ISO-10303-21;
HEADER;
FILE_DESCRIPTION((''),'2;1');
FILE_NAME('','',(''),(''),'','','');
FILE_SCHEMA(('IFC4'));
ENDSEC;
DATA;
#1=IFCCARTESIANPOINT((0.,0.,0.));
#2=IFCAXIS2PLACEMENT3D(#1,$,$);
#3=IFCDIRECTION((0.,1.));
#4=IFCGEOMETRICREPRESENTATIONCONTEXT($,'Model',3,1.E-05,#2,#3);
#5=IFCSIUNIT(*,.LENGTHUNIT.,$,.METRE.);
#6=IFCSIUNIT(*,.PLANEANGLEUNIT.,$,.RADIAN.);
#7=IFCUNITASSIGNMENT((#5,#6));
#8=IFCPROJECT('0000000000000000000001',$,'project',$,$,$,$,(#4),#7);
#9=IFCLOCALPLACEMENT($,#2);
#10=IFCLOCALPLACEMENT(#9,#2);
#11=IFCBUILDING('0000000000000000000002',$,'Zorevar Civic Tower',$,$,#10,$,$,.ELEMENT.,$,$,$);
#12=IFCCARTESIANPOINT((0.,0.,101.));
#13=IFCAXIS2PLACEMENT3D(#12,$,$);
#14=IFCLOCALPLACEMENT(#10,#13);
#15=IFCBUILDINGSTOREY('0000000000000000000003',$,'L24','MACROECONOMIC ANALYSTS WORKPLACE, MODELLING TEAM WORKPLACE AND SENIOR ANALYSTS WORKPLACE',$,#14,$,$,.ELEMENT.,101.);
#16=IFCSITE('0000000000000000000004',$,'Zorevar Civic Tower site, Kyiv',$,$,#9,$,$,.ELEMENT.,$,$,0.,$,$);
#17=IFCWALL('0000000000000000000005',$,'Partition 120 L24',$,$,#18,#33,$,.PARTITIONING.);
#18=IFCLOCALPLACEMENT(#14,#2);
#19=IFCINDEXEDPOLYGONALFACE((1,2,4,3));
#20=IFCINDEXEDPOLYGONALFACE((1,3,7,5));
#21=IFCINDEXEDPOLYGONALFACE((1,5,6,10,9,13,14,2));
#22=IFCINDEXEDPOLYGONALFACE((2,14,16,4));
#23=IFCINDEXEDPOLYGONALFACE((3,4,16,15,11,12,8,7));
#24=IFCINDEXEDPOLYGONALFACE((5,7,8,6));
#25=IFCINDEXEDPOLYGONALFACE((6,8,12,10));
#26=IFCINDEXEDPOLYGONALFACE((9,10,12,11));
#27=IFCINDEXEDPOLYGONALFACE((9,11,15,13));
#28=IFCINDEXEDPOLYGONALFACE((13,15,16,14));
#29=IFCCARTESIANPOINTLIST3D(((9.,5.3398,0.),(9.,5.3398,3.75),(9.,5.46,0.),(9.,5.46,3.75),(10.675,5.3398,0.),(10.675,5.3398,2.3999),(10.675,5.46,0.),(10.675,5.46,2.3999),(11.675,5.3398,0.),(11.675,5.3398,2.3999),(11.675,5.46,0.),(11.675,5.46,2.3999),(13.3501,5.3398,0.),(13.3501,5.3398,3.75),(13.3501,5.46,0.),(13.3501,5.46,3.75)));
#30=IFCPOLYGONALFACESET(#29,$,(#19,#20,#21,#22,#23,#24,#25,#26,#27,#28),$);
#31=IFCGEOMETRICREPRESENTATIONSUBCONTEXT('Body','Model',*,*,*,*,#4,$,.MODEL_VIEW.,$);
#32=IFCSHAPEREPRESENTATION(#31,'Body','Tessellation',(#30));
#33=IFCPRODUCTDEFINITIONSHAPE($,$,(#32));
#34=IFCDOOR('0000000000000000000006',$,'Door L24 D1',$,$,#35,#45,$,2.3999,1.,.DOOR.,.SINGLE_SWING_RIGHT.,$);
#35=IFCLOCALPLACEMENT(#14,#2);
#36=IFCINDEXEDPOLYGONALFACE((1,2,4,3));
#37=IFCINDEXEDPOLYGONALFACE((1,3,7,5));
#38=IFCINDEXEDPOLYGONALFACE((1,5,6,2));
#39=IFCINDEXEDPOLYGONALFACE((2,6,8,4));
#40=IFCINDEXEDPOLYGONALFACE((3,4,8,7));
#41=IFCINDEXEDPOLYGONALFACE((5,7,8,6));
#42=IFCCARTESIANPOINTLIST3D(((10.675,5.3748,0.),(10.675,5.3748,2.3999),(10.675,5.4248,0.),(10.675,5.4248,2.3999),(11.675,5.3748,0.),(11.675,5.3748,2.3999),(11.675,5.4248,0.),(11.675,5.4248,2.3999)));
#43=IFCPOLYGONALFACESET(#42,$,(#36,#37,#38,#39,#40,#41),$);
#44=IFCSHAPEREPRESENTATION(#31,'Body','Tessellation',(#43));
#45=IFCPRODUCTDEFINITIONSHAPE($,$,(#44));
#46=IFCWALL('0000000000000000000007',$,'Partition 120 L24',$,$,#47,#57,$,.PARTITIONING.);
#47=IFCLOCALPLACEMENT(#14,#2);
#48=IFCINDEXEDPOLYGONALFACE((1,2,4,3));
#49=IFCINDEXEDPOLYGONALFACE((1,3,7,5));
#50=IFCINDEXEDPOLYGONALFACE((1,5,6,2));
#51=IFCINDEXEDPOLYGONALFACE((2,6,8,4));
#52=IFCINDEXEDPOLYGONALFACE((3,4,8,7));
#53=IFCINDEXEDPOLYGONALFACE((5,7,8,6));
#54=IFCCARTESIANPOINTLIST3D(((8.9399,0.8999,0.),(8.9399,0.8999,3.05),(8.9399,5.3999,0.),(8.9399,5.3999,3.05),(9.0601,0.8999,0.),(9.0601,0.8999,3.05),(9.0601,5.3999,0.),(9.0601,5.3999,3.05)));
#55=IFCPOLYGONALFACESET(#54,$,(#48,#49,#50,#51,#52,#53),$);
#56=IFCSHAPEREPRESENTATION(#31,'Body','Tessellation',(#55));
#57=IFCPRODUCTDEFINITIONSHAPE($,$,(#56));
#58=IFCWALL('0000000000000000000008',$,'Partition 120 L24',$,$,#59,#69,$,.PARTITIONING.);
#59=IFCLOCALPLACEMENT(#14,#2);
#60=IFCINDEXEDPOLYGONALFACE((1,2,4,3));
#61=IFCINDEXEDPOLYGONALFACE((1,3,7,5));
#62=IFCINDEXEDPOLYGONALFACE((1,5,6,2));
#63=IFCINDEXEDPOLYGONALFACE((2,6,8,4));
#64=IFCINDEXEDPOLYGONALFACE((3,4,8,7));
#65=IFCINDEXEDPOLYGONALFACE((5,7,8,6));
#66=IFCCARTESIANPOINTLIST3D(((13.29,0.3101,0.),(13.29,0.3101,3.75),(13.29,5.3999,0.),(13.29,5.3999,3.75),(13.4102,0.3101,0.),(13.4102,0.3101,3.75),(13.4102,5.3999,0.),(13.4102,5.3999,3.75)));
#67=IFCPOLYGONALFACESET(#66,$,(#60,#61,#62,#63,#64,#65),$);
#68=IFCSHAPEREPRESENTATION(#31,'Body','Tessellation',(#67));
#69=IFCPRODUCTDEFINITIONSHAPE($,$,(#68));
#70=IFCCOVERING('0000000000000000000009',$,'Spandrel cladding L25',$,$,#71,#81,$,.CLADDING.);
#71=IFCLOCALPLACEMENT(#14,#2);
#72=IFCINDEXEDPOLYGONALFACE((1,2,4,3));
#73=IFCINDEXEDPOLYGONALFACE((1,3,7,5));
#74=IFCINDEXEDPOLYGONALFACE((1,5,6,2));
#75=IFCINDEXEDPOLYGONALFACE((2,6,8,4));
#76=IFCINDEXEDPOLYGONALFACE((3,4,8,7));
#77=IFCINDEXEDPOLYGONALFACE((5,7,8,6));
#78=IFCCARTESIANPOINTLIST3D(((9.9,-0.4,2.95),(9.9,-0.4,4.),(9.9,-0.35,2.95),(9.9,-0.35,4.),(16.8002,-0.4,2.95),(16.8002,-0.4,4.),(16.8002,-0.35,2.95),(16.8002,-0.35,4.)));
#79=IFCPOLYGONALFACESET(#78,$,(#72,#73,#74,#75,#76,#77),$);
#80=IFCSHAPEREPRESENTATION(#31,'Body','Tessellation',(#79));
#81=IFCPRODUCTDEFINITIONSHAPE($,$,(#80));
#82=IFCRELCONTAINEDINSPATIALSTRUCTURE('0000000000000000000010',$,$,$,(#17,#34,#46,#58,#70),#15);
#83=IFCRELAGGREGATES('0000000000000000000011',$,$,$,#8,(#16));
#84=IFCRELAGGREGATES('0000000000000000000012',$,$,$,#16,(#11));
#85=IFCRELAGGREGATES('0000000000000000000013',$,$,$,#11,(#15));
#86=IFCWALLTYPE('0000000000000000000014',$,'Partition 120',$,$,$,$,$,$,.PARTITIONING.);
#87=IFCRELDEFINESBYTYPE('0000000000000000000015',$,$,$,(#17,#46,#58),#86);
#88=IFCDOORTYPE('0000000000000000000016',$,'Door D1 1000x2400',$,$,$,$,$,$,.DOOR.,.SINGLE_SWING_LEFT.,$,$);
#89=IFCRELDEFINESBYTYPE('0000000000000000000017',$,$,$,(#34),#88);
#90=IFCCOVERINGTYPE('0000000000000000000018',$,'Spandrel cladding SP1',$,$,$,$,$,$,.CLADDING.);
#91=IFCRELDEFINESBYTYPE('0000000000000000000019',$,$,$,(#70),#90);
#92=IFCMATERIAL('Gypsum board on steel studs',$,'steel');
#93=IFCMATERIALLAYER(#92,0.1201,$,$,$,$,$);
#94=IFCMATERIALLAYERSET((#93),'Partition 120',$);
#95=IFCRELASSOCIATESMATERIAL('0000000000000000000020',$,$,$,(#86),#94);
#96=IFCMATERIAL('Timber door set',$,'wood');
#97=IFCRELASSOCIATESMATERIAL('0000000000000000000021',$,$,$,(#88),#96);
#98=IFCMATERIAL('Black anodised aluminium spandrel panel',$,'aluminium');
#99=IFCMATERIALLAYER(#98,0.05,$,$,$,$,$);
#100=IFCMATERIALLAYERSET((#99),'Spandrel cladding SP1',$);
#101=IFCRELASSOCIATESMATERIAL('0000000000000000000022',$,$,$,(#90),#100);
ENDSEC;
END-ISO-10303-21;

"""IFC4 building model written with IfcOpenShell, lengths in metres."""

from ifc_helpers import new_model, si_unit, direction, frame, frame_2d, origin, place, context, subcontext, project, spatial, rectangle, extrude, material, layer, layer_set, type_object, element, fill, save


model = new_model("IFC4")

# Units and contexts
model_context = context("Model", 3, precision=1e-05, world=origin(), true_north=direction((0.0, 1.0)))
body_context = subcontext(model_context, "Body", "Model", "MODEL_VIEW")
ifc_project = project(units=[si_unit("LENGTHUNIT", "METRE"), si_unit("PLANEANGLEUNIT", "RADIAN")], contexts=[model_context])

# Site, building, storey
site_placement = place(None, origin())
site = spatial("IfcSite", under=ifc_project, at=site_placement, Name="Zorevar Civic Tower site, Kyiv", CompositionType="ELEMENT", RefElevation=0.0)
building_placement = place(site_placement, origin())
building = spatial("IfcBuilding", under=site, at=building_placement, Name="Zorevar Civic Tower", CompositionType="ELEMENT")
storey_placement = place(building_placement, frame((0.0, 0.0, 101.0)))
storey = spatial("IfcBuildingStorey", under=building, at=storey_placement, Name="L24", Description="MACROECONOMIC ANALYSTS WORKPLACE, MODELLING TEAM WORKPLACE AND SENIOR ANALYSTS WORKPLACE", CompositionType="ELEMENT", Elevation=101.0)

# Wall, opening, door
ifc_material_1 = material(Name="Gypsum board on steel studs", Category="steel")
ifc_layer_1 = layer(ifc_material_1, 0.1201)
ifc_layer_set_1 = layer_set([ifc_layer_1], Name="Partition 120")
wall_type = type_object("IfcWallType", Name="Partition 120", PredefinedType="PARTITIONING", material=ifc_layer_set_1)
wall_1_placement = place(storey_placement, frame((9.0, 5.3999, 0.0), z_axis=(0.0, 0.0, 1.0), x_axis=(1.0, 0.0, 0.0)))
wall_1 = element("IfcWall", 1, at=wall_1_placement, inside=storey, type_object=wall_type, Name="Partition 120 L24", PredefinedType="PARTITIONING", context=body_context, shape_type="SweptSolid", body=[
    extrude(rectangle(XDim=4.3501, YDim=0.1201, at=frame_2d((2.175, 0.0))), origin(), (0.0, 0.0, 1.0), 3.75),
])
opening_placement = place(wall_1_placement, frame((1.675, 0.0, 0.0)))
opening = element("IfcOpeningElement", 2, at=opening_placement, cuts=wall_1, PredefinedType="OPENING", context=body_context, shape_type="SweptSolid", body=[
    extrude(rectangle(XDim=1.0, YDim=2.3999, at=frame_2d((0.5, 1.2))), frame((0.0, 0.0701, 0.0), z_axis=(0.0, -1.0, 0.0), x_axis=(1.0, 0.0, 0.0)), (0.0, 0.0, 1.0), 0.1401),
])
ifc_material_2 = material(Name="Timber door set", Category="wood")
door_type = type_object("IfcDoorType", Name="Door D1 1000x2400", OperationType="SINGLE_SWING_LEFT", PredefinedType="DOOR", material=ifc_material_2)
door_placement = place(opening_placement, origin())
door = element("IfcDoor", 3, at=door_placement, inside=storey, type_object=door_type, Name="Door L24 D1", OperationType="SINGLE_SWING_RIGHT", OverallHeight=2.3999, OverallWidth=1.0, PredefinedType="DOOR", context=body_context, shape_type="SweptSolid", body=[
    extrude(rectangle(XDim=1.0, YDim=2.3999, at=frame_2d((0.5, 1.2))), frame((0.0, 0.0249, 0.0), z_axis=(0.0, -1.0, 0.0), x_axis=(1.0, 0.0, 0.0)), (0.0, 0.0, 1.0), 0.05),
])
fill(opening, door)

# Walls
wall_2_placement = place(storey_placement, frame((9.0, 0.8999, 0.0), z_axis=(0.0, 0.0, 1.0), x_axis=(0.0, 1.0, 0.0)))
element("IfcWall", 4, at=wall_2_placement, inside=storey, type_object=wall_type, Name="Partition 120 L24", PredefinedType="PARTITIONING", context=body_context, shape_type="SweptSolid", body=[
    extrude(rectangle(XDim=4.5, YDim=0.1201, at=frame_2d((2.25, 0.0))), origin(), (0.0, 0.0, 1.0), 3.05),
])
wall_3_placement = place(storey_placement, frame((13.3501, 0.3101, 0.0), z_axis=(0.0, 0.0, 1.0), x_axis=(0.0, 1.0, 0.0)))
element("IfcWall", 5, at=wall_3_placement, inside=storey, type_object=wall_type, Name="Partition 120 L24", PredefinedType="PARTITIONING", context=body_context, shape_type="SweptSolid", body=[
    extrude(rectangle(XDim=5.0898, YDim=0.1201, at=frame_2d((2.5449, 0.0))), origin(), (0.0, 0.0, 1.0), 3.75),
])

# Covering
ifc_material_3 = material(Name="Black anodised aluminium spandrel panel", Category="aluminium")
ifc_layer_2 = layer(ifc_material_3, 0.05)
ifc_layer_set_2 = layer_set([ifc_layer_2], Name="Spandrel cladding SP1")
covering_type = type_object("IfcCoveringType", Name="Spandrel cladding SP1", PredefinedType="CLADDING", material=ifc_layer_set_2)
covering_placement = place(storey_placement, frame((9.8999, -0.375, 2.95), z_axis=(0.0, 0.0, 1.0), x_axis=(1.0, 0.0, 0.0)))
element("IfcCovering", 6, at=covering_placement, inside=storey, type_object=covering_type, Name="Spandrel cladding L25", PredefinedType="CLADDING", context=body_context, shape_type="SweptSolid", body=[
    extrude(rectangle(XDim=6.9001, YDim=0.05, at=frame_2d((3.4502, 0.0))), origin(), (0.0, 0.0, 1.0), 1.05),
])

save(model, "model.ifc")
